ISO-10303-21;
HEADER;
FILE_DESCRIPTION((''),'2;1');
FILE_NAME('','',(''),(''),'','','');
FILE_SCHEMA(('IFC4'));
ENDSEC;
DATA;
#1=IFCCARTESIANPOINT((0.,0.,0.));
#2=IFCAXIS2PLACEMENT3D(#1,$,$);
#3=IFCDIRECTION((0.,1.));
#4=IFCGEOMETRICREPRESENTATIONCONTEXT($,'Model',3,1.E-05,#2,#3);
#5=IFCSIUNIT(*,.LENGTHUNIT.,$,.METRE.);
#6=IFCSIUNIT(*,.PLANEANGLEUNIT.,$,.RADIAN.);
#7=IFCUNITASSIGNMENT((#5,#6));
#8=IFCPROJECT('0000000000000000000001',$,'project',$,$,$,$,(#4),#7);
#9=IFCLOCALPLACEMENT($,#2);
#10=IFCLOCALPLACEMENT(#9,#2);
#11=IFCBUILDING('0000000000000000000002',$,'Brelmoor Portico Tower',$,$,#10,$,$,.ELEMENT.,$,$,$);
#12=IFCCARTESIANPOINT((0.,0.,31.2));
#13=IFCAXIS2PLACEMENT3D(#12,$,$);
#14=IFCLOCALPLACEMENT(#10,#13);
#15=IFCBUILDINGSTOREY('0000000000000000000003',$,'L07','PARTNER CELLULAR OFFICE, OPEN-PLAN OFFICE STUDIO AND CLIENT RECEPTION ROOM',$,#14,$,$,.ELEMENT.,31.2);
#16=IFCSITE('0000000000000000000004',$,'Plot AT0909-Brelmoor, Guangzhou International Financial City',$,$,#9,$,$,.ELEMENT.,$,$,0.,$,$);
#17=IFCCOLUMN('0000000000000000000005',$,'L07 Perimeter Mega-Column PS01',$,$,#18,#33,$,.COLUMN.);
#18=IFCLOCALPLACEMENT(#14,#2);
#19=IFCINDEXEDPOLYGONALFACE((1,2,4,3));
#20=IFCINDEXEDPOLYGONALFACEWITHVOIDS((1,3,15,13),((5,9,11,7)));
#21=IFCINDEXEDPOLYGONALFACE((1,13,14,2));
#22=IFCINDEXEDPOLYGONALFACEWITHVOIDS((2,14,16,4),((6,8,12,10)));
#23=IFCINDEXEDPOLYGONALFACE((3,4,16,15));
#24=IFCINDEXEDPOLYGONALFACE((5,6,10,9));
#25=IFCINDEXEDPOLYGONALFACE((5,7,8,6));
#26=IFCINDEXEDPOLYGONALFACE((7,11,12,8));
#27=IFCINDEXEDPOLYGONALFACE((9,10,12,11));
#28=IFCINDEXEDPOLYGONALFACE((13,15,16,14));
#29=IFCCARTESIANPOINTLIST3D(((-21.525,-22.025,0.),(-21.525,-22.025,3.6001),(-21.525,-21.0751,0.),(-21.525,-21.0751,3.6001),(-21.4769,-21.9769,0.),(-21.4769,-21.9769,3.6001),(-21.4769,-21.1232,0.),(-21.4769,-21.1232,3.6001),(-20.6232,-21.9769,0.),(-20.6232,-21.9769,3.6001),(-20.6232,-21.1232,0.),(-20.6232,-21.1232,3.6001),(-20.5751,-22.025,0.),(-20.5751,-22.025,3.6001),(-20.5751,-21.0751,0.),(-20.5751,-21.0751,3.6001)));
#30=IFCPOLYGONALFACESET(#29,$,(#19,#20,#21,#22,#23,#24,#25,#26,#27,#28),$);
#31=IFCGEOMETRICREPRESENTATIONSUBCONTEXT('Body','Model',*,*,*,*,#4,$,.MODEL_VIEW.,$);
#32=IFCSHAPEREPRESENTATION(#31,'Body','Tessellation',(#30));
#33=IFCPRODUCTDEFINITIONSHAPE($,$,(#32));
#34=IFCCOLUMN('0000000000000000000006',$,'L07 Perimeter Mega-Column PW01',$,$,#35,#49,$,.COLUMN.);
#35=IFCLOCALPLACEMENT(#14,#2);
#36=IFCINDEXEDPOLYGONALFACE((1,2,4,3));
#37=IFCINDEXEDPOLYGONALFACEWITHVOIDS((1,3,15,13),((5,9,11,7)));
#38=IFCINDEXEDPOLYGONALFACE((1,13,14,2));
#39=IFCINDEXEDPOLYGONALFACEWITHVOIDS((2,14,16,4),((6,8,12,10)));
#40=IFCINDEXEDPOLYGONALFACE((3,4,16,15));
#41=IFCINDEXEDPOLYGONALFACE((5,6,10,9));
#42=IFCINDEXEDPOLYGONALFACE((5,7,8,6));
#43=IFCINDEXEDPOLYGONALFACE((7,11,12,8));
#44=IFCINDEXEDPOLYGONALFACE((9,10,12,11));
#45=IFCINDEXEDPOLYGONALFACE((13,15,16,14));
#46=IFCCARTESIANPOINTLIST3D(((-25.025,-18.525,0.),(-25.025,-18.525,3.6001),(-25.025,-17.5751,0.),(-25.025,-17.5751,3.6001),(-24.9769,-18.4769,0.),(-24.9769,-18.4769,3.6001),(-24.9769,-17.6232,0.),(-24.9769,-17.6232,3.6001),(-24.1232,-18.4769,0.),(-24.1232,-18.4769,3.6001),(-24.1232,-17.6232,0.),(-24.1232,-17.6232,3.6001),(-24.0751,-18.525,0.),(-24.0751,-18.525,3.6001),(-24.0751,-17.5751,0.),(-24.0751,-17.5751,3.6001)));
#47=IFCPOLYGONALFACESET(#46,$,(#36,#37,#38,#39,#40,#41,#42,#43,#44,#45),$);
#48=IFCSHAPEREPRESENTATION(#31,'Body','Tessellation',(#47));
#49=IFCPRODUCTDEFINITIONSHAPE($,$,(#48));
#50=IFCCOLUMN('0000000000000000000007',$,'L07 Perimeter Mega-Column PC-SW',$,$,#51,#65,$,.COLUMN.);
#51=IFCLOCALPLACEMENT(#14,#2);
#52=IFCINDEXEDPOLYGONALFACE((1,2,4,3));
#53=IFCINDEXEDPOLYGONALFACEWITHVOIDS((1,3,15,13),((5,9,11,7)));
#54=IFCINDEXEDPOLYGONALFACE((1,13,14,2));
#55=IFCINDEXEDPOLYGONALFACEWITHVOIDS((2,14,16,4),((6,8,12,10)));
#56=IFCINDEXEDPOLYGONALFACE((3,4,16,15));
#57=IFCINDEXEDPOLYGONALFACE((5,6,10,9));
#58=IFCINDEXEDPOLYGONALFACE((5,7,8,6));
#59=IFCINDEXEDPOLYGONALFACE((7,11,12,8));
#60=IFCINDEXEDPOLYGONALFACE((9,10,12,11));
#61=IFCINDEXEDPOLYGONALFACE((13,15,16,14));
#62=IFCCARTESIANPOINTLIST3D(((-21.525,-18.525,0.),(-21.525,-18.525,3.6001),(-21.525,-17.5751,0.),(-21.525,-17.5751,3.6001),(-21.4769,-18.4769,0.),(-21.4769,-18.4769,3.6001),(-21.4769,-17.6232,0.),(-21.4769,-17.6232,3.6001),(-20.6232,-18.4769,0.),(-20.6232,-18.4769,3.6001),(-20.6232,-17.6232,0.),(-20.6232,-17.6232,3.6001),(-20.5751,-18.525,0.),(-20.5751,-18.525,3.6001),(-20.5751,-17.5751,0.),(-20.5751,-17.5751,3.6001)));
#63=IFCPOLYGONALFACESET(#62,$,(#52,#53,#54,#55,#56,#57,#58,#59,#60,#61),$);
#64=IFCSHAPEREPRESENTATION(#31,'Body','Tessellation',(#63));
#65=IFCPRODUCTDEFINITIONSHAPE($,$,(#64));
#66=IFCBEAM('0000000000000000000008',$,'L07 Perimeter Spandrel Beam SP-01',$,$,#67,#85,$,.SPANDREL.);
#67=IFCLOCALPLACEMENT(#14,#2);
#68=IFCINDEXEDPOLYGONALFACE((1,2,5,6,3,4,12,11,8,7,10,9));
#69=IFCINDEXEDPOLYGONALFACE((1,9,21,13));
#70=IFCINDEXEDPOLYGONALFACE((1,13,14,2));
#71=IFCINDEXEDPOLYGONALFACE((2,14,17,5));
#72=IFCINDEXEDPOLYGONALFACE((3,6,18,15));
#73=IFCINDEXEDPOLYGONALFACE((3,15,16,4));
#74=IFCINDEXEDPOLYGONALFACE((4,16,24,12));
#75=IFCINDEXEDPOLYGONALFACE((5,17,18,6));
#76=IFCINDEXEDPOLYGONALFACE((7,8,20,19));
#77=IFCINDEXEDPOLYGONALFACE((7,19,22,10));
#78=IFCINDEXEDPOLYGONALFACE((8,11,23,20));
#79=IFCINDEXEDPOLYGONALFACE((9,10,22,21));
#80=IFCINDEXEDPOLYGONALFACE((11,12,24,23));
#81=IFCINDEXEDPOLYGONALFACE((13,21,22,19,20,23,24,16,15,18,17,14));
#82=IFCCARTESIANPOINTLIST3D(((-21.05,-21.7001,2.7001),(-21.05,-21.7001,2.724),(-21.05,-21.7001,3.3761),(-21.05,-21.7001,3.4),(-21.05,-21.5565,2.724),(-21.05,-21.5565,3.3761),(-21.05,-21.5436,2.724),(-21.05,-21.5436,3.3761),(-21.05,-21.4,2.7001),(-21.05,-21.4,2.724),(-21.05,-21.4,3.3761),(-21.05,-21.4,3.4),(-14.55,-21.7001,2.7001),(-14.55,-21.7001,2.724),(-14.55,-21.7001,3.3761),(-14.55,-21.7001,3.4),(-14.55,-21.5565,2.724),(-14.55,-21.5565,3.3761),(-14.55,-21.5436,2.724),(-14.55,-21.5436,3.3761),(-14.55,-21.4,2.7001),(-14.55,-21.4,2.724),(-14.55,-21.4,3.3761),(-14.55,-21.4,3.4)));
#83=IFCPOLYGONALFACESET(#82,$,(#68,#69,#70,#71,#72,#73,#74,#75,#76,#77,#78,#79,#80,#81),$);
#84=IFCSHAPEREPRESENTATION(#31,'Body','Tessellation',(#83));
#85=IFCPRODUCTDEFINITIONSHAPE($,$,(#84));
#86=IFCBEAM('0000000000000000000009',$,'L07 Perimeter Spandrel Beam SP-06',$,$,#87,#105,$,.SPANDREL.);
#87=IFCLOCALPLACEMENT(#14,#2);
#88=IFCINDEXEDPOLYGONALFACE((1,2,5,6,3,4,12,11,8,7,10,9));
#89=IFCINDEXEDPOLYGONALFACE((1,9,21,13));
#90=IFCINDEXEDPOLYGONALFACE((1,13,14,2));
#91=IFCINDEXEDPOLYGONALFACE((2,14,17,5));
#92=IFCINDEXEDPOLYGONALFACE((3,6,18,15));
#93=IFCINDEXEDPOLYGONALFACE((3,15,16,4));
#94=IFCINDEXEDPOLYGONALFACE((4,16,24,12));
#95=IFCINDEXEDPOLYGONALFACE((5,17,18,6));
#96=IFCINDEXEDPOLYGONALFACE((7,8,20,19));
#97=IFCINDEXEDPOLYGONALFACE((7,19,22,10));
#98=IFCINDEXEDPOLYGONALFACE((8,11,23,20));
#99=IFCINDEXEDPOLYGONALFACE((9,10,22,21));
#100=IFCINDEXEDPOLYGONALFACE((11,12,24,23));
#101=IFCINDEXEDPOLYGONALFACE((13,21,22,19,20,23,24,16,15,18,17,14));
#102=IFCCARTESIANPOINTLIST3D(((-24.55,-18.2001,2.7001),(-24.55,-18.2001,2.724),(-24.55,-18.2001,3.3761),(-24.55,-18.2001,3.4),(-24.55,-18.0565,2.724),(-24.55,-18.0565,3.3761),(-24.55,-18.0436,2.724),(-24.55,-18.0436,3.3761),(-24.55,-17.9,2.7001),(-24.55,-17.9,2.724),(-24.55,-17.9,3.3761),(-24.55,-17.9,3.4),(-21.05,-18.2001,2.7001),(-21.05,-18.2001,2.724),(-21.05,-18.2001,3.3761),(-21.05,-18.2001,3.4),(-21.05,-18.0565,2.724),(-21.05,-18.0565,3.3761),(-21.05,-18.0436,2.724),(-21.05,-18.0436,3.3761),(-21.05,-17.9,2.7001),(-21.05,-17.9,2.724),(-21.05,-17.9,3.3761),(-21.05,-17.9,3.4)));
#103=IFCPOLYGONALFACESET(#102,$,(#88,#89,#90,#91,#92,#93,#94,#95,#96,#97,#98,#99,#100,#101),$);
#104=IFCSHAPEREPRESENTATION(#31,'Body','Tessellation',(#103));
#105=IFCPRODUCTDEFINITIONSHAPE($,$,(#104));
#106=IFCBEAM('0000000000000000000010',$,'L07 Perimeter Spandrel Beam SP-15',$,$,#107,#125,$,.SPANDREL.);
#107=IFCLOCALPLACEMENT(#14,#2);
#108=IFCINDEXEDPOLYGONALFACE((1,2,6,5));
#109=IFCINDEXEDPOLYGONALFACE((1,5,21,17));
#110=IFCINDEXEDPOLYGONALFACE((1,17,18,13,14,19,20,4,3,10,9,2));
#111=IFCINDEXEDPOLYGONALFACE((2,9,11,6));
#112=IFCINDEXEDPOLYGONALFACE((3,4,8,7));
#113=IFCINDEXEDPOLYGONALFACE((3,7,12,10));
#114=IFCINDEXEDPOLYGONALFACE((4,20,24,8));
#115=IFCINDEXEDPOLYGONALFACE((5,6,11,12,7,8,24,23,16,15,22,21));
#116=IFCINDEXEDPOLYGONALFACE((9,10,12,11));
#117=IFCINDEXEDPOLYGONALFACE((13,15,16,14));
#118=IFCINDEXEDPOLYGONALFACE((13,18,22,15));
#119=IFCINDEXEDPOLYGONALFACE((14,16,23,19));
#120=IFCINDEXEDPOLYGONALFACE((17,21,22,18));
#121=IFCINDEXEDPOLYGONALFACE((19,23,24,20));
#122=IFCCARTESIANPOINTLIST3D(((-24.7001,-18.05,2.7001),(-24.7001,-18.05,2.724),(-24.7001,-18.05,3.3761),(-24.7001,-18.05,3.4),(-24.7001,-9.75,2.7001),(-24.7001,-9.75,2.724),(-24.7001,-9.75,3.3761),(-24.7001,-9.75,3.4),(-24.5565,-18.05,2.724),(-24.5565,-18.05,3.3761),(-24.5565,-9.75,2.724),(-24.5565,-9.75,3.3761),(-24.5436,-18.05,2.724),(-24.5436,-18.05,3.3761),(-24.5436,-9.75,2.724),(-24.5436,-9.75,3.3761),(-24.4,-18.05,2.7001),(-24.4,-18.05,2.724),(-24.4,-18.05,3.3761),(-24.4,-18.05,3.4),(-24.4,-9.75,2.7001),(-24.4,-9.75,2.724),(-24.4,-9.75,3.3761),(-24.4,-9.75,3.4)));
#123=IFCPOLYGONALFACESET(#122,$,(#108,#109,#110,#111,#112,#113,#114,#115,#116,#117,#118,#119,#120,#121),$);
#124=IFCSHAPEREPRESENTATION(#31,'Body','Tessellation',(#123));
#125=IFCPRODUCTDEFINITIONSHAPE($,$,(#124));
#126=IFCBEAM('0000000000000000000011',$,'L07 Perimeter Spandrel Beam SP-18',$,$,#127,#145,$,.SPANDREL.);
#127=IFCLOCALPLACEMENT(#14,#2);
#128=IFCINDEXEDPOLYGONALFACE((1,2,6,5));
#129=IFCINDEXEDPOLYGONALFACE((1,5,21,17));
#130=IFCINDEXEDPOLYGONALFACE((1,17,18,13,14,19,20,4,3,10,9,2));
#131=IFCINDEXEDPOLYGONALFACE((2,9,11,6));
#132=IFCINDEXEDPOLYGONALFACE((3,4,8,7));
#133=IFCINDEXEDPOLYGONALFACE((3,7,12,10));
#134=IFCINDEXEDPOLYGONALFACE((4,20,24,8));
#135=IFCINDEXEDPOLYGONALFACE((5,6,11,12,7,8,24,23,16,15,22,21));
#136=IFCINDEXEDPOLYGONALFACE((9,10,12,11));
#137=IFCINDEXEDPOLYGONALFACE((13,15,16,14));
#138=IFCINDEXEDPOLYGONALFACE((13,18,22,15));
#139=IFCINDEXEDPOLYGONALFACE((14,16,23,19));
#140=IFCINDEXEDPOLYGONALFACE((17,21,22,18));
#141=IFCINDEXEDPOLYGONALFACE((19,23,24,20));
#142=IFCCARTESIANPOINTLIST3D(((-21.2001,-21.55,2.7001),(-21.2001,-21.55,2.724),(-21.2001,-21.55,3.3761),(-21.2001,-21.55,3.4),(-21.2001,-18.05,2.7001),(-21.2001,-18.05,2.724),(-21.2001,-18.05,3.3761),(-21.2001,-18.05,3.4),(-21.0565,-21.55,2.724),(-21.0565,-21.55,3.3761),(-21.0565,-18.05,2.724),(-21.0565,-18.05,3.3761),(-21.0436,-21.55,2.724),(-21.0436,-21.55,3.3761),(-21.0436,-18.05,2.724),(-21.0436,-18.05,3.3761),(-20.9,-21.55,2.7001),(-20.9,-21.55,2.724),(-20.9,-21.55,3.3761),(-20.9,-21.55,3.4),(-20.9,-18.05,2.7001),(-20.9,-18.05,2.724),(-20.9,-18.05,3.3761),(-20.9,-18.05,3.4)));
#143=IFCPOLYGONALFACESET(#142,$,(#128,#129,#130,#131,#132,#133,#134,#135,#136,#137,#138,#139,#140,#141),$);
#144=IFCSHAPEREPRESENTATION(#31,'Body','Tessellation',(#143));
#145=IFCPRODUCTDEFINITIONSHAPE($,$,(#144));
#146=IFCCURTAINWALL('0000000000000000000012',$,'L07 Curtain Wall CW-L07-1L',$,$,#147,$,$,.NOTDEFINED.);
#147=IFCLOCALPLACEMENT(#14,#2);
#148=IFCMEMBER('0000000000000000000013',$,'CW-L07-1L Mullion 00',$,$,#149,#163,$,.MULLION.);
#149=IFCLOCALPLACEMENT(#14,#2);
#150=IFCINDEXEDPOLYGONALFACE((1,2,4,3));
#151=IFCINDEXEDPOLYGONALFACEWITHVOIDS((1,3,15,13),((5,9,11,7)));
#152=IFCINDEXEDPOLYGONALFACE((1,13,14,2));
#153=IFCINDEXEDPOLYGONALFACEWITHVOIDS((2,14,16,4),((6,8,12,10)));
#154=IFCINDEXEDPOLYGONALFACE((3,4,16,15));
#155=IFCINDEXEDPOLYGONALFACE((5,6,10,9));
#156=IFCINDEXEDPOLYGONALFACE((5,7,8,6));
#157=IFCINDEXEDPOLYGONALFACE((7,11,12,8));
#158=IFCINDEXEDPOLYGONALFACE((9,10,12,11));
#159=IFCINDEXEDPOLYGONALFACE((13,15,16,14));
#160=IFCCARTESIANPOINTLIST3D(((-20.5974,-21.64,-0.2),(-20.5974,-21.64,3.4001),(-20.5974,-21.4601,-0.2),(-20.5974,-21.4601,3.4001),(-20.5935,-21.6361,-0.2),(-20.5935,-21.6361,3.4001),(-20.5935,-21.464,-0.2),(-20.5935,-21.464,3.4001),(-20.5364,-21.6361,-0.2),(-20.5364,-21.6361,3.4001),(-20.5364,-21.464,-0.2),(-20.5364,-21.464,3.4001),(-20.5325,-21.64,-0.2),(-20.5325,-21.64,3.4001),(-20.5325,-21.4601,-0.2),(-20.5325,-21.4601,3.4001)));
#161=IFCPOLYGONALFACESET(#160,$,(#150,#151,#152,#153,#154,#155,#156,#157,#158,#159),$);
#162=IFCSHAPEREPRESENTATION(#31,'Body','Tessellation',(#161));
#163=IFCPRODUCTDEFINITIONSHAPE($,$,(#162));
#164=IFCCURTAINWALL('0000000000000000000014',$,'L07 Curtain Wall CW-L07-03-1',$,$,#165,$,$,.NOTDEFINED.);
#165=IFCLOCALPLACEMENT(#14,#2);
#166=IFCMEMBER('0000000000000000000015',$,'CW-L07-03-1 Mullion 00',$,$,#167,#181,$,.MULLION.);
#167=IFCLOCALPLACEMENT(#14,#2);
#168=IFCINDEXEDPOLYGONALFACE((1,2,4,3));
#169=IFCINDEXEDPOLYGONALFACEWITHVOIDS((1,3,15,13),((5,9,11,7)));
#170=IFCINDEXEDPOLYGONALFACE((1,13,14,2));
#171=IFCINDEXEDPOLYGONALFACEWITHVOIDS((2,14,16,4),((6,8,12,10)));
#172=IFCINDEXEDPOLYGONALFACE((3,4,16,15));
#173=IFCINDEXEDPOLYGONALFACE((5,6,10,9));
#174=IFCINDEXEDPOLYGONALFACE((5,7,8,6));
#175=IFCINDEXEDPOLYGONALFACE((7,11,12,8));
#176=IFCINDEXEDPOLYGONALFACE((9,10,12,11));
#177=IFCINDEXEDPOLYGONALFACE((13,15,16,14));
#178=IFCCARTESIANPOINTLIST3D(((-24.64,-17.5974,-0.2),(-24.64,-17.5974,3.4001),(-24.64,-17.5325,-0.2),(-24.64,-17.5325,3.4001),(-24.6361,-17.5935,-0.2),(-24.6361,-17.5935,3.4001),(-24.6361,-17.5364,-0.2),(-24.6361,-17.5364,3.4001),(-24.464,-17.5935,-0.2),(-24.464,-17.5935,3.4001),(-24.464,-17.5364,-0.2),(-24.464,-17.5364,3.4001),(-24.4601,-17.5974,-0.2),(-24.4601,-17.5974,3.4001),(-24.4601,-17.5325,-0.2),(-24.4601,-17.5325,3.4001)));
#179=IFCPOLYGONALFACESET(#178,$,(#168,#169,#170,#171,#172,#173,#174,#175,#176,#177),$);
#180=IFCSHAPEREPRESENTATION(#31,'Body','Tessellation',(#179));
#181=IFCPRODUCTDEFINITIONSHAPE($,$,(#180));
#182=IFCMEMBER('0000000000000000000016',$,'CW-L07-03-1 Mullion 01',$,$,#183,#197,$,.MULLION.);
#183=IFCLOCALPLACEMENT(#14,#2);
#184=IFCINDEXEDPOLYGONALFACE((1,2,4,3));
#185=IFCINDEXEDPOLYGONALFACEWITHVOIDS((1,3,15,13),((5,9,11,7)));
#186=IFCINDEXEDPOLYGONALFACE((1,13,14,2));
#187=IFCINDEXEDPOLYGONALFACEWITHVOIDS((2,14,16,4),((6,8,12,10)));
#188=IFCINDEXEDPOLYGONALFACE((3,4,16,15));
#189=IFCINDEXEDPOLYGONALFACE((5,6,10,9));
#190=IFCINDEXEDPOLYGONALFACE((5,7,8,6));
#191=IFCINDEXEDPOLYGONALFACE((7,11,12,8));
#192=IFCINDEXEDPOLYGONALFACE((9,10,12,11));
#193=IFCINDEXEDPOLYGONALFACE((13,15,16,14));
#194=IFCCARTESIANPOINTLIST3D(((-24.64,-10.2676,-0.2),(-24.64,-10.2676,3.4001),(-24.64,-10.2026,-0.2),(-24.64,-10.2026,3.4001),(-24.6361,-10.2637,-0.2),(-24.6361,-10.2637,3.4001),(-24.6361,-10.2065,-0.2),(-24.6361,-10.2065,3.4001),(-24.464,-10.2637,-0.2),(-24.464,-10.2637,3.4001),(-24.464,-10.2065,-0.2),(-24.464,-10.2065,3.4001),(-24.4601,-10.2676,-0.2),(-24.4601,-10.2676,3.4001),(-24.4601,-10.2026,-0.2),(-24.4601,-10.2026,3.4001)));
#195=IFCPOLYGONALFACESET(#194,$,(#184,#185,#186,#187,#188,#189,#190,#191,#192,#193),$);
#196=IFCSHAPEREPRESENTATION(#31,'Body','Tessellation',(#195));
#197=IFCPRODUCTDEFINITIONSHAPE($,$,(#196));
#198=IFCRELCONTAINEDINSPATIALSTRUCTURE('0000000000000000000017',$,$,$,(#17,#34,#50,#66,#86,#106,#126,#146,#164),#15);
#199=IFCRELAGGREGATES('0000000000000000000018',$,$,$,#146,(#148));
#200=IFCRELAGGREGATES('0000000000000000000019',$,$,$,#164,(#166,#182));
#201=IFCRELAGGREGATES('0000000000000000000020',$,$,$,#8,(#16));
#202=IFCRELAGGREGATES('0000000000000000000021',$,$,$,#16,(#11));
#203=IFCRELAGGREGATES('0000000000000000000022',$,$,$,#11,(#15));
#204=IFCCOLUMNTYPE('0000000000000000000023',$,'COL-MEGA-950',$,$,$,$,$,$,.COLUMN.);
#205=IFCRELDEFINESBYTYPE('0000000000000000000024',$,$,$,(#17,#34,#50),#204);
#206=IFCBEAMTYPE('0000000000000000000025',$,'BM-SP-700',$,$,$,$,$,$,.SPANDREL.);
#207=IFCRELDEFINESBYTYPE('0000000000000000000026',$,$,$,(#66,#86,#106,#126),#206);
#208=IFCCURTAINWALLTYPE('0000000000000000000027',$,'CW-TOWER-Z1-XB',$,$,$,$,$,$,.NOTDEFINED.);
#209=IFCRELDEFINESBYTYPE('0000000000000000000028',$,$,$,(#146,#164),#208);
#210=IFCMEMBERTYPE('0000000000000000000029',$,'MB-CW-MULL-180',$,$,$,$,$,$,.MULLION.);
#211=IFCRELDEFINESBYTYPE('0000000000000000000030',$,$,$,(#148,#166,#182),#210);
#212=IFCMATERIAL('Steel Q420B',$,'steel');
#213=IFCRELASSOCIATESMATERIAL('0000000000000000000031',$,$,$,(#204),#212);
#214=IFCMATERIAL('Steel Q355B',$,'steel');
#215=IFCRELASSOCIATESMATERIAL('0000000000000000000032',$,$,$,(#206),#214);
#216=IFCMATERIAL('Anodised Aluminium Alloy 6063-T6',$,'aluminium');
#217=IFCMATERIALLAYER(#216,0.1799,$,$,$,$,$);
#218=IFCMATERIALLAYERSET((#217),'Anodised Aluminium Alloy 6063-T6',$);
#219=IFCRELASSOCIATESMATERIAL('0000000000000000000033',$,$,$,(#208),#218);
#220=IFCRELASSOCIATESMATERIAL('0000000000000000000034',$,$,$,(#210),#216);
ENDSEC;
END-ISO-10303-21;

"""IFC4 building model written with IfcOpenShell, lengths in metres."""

from ifc_helpers import new_model, si_unit, direction, frame, origin, origin_2d, place, context, subcontext, project, spatial, hollow_rectangle, i_section, extrude, material, layer, layer_set, material_profile, profile_set, type_object, element, aggregate, save


model = new_model("IFC4")

# Units and contexts
model_context = context("Model", 3, precision=1e-05, world=origin(), true_north=direction((0.0, 1.0)))
body_context = subcontext(model_context, "Body", "Model", "MODEL_VIEW")
ifc_project = project(units=[si_unit("LENGTHUNIT", "METRE"), si_unit("PLANEANGLEUNIT", "RADIAN")], contexts=[model_context])

# Site, building, storey
site_placement = place(None, origin())
site = spatial("IfcSite", under=ifc_project, at=site_placement, Name="Plot AT0909-Brelmoor, Guangzhou International Financial City", CompositionType="ELEMENT", RefElevation=0.0)
building_placement = place(site_placement, origin())
building = spatial("IfcBuilding", under=site, at=building_placement, Name="Brelmoor Portico Tower", CompositionType="ELEMENT")
storey_placement = place(building_placement, frame((0.0, 0.0, 31.2)))
storey = spatial("IfcBuildingStorey", under=building, at=storey_placement, Name="L07", Description="PARTNER CELLULAR OFFICE, OPEN-PLAN OFFICE STUDIO AND CLIENT RECEPTION ROOM", CompositionType="ELEMENT", Elevation=31.2)

# Columns
ifc_material_1 = material(Name="Steel Q420B", Category="steel")
ifc_material_profile_1 = material_profile(ifc_material_1, hollow_rectangle(XDim=0.95, YDim=0.95, WallThickness=0.0481, at=origin_2d()), Name="BOX 950x950x48")
ifc_profile_set_1 = profile_set([ifc_material_profile_1], Name="Steel Q420B")
column_type = type_object("IfcColumnType", Name="COL-MEGA-950", PredefinedType="COLUMN", material=ifc_profile_set_1)
for number, where, z_axis, x_axis, name in (
    (1, (-21.05, -21.55, 0.0), (0.0, 0.0, 1.0), (1.0, 0.0, 0.0), "L07 Perimeter Mega-Column PS01"),
    (2, (-24.55, -18.05, 0.0), (0.0, 0.0, 1.0), (0.0, 1.0, 0.0), "L07 Perimeter Mega-Column PW01"),
    (3, (-21.05, -18.05, 0.0), (0.0, 0.0, 1.0), (1.0, 0.0, 0.0), "L07 Perimeter Mega-Column PC-SW"),
):
    element("IfcColumn", number, at=place(storey_placement, frame(where, z_axis=z_axis, x_axis=x_axis)), inside=storey, type_object=column_type, Name=name, PredefinedType="COLUMN", context=body_context, shape_type="SweptSolid", body=[
        extrude(hollow_rectangle(XDim=0.95, YDim=0.95, WallThickness=0.0481, at=origin_2d()), origin(), (0.0, 0.0, 1.0), 3.6001),
    ])

# Beams
ifc_material_2 = material(Name="Steel Q355B", Category="steel")
ifc_material_profile_2 = material_profile(ifc_material_2, i_section(OverallWidth=0.3, OverallDepth=0.7, WebThickness=0.0129, FlangeThickness=0.0239, at=origin_2d()), Name="HN 700x300x13x24")
ifc_profile_set_2 = profile_set([ifc_material_profile_2], Name="Steel Q355B")
beam_type = type_object("IfcBeamType", Name="BM-SP-700", PredefinedType="SPANDREL", material=ifc_profile_set_2)
beam_1_placement = place(storey_placement, frame((-21.05, -21.55, 3.05), z_axis=(1.0, 0.0, 0.0), x_axis=(0.0, 1.0, 0.0)))
element("IfcBeam", 4, at=beam_1_placement, inside=storey, type_object=beam_type, Name="L07 Perimeter Spandrel Beam SP-01", PredefinedType="SPANDREL", context=body_context, shape_type="SweptSolid", body=[
    extrude(i_section(OverallWidth=0.3, OverallDepth=0.7, WebThickness=0.0129, FlangeThickness=0.0239, at=origin_2d()), origin(), (0.0, 0.0, 1.0), 6.5),
])
beam_2_placement = place(storey_placement, frame((-24.55, -18.05, 3.05), z_axis=(1.0, 0.0, 0.0), x_axis=(0.0, 1.0, 0.0)))
element("IfcBeam", 5, at=beam_2_placement, inside=storey, type_object=beam_type, Name="L07 Perimeter Spandrel Beam SP-06", PredefinedType="SPANDREL", context=body_context, shape_type="SweptSolid", body=[
    extrude(i_section(OverallWidth=0.3, OverallDepth=0.7, WebThickness=0.0129, FlangeThickness=0.0239, at=origin_2d()), origin(), (0.0, 0.0, 1.0), 3.5),
])
beam_3_placement = place(storey_placement, frame((-24.55, -18.05, 3.05), z_axis=(0.0, 1.0, 0.0), x_axis=(-1.0, 0.0, 0.0)))
element("IfcBeam", 6, at=beam_3_placement, inside=storey, type_object=beam_type, Name="L07 Perimeter Spandrel Beam SP-15", PredefinedType="SPANDREL", context=body_context, shape_type="SweptSolid", body=[
    extrude(i_section(OverallWidth=0.3, OverallDepth=0.7, WebThickness=0.0129, FlangeThickness=0.0239, at=origin_2d()), origin(), (0.0, 0.0, 1.0), 8.3),
])
beam_4_placement = place(storey_placement, frame((-21.05, -21.55, 3.05), z_axis=(0.0, 1.0, 0.0), x_axis=(-1.0, 0.0, 0.0)))
element("IfcBeam", 7, at=beam_4_placement, inside=storey, type_object=beam_type, Name="L07 Perimeter Spandrel Beam SP-18", PredefinedType="SPANDREL", context=body_context, shape_type="SweptSolid", body=[
    extrude(i_section(OverallWidth=0.3, OverallDepth=0.7, WebThickness=0.0129, FlangeThickness=0.0239, at=origin_2d()), origin(), (0.0, 0.0, 1.0), 3.5),
])

# Curtain wall, member
ifc_material_3 = material(Name="Anodised Aluminium Alloy 6063-T6", Category="aluminium")
ifc_layer_1 = layer(ifc_material_3, 0.1799)
ifc_layer_set_1 = layer_set([ifc_layer_1], Name="Anodised Aluminium Alloy 6063-T6")
curtain_wall_type = type_object("IfcCurtainWallType", Name="CW-TOWER-Z1-XB", PredefinedType="NOTDEFINED", material=ifc_layer_set_1)
curtain_wall_1_placement = place(storey_placement, origin())
curtain_wall_1 = element("IfcCurtainWall", 8, at=curtain_wall_1_placement, inside=storey, type_object=curtain_wall_type, Name="L07 Curtain Wall CW-L07-1L", PredefinedType="NOTDEFINED")
ifc_material_profile_3 = material_profile(ifc_material_3, hollow_rectangle(XDim=0.0649, YDim=0.1799, WallThickness=0.0039, at=origin_2d()), Name="ALU MULLION 65x180")
ifc_profile_set_3 = profile_set([ifc_material_profile_3], Name="Anodised Aluminium Alloy 6063-T6")
member_type_1 = type_object("IfcMemberType", Name="MB-CW-MULL-180", PredefinedType="MULLION", material=ifc_profile_set_3)
member_1_placement = place(storey_placement, frame((-20.5649, -21.55, -0.2), z_axis=(0.0, 0.0, 1.0), x_axis=(1.0, 0.0, 0.0)))
member_1 = element("IfcMember", 9, at=member_1_placement, type_object=member_type_1, Name="CW-L07-1L Mullion 00", PredefinedType="MULLION", context=body_context, shape_type="SweptSolid", body=[
    extrude(hollow_rectangle(XDim=0.0649, YDim=0.1799, WallThickness=0.0039, at=origin_2d()), origin(), (0.0, 0.0, 1.0), 3.6001),
])

# Curtain wall, members
curtain_wall_2_placement = place(storey_placement, origin())
curtain_wall_2 = element("IfcCurtainWall", 10, at=curtain_wall_2_placement, inside=storey, type_object=curtain_wall_type, Name="L07 Curtain Wall CW-L07-03-1", PredefinedType="NOTDEFINED")
member_2_placement = place(storey_placement, frame((-24.55, -17.5649, -0.2), z_axis=(0.0, 0.0, 1.0), x_axis=(0.0, 1.0, 0.0)))
member_2 = element("IfcMember", 11, at=member_2_placement, type_object=member_type_1, Name="CW-L07-03-1 Mullion 00", PredefinedType="MULLION", context=body_context, shape_type="SweptSolid", body=[
    extrude(hollow_rectangle(XDim=0.0649, YDim=0.1799, WallThickness=0.0039, at=origin_2d()), origin(), (0.0, 0.0, 1.0), 3.6001),
])
member_3_placement = place(storey_placement, frame((-24.55, -10.2351, -0.2), z_axis=(0.0, 0.0, 1.0), x_axis=(0.0, 1.0, 0.0)))
member_3 = element("IfcMember", 12, at=member_3_placement, type_object=member_type_1, Name="CW-L07-03-1 Mullion 01", PredefinedType="MULLION", context=body_context, shape_type="SweptSolid", body=[
    extrude(hollow_rectangle(XDim=0.0649, YDim=0.1799, WallThickness=0.0039, at=origin_2d()), origin(), (0.0, 0.0, 1.0), 3.6001),
])

aggregate(curtain_wall_1, [member_1])
aggregate(curtain_wall_2, [member_2, member_3])

save(model, "model.ifc")
